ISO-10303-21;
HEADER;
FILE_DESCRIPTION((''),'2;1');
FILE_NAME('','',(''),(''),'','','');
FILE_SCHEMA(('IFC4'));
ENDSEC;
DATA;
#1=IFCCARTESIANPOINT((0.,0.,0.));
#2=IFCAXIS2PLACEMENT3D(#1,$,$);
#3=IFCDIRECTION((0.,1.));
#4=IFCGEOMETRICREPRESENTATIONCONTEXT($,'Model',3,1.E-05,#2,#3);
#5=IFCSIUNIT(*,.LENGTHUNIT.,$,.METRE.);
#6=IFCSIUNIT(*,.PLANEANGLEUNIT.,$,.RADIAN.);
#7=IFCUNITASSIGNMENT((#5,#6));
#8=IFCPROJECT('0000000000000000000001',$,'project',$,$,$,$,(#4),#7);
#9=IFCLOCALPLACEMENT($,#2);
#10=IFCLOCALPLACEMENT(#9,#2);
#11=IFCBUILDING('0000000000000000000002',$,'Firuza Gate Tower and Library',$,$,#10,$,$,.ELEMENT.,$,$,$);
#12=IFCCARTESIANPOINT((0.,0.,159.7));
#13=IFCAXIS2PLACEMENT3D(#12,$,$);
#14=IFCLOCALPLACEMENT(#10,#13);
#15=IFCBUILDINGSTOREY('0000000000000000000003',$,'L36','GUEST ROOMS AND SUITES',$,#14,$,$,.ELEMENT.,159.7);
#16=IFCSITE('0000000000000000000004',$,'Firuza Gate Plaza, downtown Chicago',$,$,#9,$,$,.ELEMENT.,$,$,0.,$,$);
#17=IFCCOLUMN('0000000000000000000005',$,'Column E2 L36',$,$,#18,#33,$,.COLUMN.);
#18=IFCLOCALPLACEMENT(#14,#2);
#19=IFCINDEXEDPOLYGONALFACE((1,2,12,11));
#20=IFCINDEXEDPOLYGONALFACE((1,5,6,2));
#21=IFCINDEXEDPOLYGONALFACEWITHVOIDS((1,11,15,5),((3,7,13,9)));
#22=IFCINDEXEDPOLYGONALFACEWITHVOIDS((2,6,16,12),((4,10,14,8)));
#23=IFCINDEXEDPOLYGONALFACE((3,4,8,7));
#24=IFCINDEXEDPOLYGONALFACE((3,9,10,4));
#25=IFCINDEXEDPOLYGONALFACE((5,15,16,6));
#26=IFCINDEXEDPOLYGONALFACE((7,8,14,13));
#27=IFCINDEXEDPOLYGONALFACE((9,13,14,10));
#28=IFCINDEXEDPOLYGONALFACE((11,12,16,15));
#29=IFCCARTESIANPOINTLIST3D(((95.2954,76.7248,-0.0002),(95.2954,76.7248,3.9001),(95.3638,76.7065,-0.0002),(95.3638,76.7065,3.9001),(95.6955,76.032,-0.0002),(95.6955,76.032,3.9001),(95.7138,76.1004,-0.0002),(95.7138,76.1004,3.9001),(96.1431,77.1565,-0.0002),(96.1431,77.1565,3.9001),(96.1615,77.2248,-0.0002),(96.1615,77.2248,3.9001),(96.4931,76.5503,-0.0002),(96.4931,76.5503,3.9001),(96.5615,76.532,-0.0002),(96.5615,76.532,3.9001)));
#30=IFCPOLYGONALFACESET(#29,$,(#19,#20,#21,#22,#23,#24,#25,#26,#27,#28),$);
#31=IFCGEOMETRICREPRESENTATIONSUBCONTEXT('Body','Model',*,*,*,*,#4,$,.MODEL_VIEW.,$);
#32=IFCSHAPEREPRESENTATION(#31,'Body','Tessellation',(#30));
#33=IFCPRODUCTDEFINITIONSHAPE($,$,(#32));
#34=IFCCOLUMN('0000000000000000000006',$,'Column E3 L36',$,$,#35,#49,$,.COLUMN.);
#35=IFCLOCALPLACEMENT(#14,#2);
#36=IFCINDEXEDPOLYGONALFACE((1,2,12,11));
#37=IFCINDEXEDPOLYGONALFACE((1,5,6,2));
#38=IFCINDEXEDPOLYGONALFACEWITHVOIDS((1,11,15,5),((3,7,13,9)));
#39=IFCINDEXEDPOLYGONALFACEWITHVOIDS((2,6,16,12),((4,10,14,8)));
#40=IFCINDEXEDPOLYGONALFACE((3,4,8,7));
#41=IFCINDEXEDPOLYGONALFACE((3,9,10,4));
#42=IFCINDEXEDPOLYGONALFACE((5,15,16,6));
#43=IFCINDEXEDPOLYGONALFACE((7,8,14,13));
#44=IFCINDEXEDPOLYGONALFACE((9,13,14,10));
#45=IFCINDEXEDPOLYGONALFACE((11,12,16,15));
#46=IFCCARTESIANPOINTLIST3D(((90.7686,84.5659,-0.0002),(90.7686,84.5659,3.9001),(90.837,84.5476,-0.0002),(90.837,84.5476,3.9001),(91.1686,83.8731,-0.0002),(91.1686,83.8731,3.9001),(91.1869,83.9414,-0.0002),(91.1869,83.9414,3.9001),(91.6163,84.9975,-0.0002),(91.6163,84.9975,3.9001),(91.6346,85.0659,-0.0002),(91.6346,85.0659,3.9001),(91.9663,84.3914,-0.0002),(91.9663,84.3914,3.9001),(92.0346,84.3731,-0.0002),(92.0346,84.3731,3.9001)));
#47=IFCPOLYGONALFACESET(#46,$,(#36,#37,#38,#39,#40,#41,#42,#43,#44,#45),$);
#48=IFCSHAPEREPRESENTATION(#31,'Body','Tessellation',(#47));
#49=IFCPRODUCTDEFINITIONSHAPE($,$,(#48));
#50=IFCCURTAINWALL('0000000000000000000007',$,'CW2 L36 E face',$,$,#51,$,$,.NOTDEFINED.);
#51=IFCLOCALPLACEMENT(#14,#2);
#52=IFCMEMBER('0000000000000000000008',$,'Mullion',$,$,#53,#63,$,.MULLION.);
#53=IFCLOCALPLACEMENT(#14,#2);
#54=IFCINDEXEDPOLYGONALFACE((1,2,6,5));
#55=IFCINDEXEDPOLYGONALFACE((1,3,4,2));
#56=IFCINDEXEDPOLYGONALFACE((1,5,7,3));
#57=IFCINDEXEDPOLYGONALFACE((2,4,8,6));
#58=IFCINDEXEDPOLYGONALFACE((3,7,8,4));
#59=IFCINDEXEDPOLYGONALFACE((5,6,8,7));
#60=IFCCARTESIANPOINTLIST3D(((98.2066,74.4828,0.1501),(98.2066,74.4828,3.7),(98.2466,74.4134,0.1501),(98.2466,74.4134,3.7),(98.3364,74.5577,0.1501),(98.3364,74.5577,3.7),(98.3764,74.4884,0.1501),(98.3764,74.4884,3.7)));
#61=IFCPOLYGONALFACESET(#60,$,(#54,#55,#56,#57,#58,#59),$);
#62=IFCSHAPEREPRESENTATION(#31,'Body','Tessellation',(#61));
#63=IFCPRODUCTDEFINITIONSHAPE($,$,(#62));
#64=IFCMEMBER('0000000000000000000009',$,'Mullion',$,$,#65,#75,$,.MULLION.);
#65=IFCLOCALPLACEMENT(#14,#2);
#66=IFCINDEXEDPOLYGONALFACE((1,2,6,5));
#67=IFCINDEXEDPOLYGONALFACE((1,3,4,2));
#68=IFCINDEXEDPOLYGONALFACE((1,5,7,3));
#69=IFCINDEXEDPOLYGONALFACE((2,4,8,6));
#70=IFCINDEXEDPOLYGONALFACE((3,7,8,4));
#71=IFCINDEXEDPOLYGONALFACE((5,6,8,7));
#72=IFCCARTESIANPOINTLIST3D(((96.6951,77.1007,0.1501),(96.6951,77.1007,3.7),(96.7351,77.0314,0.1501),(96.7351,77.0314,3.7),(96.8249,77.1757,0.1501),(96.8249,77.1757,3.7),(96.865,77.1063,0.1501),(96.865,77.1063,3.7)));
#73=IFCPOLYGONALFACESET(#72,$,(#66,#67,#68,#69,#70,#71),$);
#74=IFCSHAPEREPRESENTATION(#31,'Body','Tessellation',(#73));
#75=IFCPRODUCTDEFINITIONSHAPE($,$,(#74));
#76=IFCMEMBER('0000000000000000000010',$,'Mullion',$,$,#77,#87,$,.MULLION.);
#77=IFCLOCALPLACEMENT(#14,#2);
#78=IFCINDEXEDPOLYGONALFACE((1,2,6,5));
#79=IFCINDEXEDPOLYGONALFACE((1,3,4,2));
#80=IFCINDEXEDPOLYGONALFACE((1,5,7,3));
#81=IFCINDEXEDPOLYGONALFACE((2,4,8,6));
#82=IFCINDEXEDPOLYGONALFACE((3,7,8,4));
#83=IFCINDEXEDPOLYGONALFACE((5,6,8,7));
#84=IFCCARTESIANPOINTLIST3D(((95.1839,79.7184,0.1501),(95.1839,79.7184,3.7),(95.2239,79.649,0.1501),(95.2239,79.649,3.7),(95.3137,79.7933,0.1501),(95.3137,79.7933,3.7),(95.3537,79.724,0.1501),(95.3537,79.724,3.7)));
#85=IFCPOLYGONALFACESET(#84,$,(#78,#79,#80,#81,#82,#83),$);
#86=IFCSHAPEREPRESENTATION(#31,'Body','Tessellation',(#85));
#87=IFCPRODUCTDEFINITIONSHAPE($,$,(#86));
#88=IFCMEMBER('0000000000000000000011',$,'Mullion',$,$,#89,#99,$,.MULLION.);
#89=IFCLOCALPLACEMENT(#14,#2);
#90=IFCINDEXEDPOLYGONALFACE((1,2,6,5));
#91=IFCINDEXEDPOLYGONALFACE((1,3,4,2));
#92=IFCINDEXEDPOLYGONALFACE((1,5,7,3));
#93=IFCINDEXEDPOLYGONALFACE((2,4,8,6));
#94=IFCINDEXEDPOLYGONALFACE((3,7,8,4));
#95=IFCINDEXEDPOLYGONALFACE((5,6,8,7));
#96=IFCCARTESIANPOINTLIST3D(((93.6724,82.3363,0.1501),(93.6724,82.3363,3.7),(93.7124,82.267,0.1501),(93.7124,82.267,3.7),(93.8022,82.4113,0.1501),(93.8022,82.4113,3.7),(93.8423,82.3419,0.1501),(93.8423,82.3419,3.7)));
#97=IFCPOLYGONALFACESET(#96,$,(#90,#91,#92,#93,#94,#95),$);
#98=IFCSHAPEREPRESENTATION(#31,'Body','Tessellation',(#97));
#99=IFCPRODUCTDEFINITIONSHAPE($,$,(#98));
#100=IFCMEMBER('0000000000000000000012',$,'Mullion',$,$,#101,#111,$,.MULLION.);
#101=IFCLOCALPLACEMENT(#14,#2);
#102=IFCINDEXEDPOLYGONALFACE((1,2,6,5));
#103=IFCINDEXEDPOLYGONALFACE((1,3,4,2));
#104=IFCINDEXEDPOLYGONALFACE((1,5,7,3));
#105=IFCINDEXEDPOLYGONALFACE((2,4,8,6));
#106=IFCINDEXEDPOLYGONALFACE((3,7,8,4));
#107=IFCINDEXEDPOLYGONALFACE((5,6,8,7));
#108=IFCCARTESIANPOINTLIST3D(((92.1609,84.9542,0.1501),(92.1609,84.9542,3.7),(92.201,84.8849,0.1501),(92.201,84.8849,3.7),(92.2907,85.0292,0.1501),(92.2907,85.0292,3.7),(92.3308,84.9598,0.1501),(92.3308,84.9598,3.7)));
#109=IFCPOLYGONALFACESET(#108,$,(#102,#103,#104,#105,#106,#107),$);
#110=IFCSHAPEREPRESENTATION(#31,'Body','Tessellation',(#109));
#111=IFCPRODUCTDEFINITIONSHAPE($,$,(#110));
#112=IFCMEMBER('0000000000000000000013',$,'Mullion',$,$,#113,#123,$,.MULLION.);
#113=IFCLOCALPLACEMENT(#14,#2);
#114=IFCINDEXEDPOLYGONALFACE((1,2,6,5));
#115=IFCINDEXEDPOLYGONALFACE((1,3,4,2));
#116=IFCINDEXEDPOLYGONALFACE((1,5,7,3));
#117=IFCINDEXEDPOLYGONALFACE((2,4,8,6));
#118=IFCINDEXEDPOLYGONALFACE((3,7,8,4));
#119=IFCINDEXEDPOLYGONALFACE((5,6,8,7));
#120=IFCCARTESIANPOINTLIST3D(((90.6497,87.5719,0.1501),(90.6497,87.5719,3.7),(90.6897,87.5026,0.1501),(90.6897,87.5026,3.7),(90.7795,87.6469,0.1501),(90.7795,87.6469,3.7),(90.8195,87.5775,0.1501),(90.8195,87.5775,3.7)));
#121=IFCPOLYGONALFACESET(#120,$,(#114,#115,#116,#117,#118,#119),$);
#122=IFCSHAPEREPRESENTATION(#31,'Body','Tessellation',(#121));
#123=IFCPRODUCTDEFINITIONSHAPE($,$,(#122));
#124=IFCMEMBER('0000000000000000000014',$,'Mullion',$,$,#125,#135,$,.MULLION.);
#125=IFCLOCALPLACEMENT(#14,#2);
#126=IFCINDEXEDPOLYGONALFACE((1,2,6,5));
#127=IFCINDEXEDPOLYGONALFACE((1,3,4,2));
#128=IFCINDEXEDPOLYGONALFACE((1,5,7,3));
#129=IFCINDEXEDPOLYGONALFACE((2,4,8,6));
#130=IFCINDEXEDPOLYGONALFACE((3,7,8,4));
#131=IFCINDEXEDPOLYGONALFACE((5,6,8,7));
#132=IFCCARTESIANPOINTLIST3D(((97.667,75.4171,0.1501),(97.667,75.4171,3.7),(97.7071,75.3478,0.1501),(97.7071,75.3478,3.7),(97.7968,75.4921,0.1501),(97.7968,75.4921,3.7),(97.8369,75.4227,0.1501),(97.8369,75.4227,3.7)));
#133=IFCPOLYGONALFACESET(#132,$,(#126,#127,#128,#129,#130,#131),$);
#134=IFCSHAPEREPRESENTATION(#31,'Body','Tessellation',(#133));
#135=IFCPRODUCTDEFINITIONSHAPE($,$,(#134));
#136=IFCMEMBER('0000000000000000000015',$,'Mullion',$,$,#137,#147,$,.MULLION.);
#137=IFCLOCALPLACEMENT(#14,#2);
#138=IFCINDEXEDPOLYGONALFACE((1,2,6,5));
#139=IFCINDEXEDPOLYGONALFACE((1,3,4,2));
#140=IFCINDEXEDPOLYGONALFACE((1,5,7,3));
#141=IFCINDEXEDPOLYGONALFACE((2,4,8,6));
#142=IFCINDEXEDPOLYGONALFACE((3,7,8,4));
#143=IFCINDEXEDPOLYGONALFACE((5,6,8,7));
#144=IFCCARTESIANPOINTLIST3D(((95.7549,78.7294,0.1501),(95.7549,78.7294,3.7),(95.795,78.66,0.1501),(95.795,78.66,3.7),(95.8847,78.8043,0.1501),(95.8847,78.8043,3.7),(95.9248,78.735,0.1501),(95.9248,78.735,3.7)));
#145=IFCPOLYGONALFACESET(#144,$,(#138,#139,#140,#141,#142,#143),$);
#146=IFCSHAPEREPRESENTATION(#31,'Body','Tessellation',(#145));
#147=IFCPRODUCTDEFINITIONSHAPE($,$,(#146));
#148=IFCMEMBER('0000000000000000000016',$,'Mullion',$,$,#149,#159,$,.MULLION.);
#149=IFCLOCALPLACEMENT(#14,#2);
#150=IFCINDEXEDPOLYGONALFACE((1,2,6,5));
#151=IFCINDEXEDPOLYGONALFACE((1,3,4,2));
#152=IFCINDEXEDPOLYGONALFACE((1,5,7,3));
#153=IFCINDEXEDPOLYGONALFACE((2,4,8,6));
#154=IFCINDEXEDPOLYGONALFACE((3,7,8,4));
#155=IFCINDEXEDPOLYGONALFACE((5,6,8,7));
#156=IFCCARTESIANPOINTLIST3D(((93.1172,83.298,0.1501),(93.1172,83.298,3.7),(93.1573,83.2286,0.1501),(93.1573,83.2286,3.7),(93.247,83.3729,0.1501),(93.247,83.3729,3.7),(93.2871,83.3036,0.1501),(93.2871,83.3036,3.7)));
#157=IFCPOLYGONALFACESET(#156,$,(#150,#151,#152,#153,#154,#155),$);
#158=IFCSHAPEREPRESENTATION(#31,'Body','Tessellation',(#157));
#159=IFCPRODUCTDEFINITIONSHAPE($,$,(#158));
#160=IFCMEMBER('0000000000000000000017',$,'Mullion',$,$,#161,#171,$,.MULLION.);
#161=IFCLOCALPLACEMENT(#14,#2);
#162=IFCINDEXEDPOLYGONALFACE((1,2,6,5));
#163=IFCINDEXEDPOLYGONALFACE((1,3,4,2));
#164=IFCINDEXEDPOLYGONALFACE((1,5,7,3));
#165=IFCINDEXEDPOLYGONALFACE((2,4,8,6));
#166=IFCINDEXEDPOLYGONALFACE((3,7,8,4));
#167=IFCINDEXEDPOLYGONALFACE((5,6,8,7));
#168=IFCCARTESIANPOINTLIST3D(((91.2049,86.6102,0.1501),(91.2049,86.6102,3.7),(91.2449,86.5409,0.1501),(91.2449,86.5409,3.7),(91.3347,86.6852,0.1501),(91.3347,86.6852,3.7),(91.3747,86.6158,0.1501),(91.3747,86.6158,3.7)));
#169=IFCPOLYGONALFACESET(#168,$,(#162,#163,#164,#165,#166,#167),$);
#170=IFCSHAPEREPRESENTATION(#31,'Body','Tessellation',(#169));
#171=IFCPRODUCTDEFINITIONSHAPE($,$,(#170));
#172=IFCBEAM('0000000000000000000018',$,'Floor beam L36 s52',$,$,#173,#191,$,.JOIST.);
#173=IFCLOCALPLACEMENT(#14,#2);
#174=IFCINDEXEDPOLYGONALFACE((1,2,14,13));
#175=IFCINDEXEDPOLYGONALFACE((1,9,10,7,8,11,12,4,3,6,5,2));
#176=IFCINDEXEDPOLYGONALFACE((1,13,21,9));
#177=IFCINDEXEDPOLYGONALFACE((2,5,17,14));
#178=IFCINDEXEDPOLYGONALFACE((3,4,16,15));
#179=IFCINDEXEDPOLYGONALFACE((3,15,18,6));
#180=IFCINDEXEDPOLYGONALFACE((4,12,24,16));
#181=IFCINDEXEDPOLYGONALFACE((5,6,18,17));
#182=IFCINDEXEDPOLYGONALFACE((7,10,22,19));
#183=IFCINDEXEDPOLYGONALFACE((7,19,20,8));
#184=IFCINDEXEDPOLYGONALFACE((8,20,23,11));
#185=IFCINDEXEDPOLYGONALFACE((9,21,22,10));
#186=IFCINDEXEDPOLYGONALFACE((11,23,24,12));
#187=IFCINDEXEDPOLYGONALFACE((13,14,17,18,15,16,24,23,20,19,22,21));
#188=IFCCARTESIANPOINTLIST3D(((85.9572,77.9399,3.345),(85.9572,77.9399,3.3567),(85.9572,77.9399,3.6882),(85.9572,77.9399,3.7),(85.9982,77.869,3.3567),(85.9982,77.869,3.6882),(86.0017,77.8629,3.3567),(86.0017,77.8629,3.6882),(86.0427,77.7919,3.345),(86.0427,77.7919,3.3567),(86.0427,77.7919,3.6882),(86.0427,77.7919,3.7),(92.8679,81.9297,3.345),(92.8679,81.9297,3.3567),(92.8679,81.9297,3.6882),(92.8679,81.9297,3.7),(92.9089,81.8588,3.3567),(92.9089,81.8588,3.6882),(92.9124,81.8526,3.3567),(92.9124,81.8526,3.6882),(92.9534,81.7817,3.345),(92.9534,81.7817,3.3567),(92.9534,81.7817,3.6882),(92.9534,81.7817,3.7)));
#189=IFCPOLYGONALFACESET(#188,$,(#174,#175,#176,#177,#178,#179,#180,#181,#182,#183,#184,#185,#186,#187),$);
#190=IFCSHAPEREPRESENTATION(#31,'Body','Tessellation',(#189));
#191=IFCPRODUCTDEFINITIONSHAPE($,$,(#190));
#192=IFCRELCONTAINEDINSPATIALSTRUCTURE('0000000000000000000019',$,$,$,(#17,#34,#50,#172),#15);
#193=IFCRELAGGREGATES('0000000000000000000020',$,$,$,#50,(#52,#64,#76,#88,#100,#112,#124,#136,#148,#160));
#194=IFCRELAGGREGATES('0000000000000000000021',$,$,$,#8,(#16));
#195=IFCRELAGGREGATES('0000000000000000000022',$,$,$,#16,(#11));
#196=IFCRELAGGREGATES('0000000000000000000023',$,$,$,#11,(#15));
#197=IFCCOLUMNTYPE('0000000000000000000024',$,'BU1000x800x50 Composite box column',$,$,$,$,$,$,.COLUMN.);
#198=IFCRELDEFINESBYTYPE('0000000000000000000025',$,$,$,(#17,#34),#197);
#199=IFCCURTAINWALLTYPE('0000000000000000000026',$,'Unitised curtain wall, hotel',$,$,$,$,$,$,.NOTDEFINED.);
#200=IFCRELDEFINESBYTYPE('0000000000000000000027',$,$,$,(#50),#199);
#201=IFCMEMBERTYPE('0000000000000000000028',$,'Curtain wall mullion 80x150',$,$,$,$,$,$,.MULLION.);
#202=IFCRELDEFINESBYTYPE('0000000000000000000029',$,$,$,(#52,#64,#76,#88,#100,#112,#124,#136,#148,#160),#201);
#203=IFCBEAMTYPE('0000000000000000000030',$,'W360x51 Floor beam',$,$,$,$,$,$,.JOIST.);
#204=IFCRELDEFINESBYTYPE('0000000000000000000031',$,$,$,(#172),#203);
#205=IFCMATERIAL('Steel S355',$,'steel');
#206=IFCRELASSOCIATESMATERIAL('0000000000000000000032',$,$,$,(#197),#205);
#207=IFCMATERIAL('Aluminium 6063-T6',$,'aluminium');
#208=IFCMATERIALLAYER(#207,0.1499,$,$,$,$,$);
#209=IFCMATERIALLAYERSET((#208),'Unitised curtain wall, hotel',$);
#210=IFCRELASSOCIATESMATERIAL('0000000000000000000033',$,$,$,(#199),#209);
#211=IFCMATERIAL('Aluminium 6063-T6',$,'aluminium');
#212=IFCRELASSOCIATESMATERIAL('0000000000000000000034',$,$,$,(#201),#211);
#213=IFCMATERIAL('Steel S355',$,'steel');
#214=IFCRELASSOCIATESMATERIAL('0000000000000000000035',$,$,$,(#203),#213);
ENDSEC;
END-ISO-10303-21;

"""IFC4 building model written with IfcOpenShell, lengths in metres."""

from ifc_helpers import new_model, si_unit, direction, frame, origin, origin_2d, place, context, subcontext, project, spatial, rectangle, hollow_rectangle, i_section, extrude, material, layer, layer_set, material_profile, profile_set, type_object, element, aggregate, save


model = new_model("IFC4")

# Units and contexts
model_context = context("Model", 3, precision=1e-05, world=origin(), true_north=direction((0.0, 1.0)))
body_context = subcontext(model_context, "Body", "Model", "MODEL_VIEW")
ifc_project = project(units=[si_unit("LENGTHUNIT", "METRE"), si_unit("PLANEANGLEUNIT", "RADIAN")], contexts=[model_context])

# Site, building, storey
site_placement = place(None, origin())
site = spatial("IfcSite", under=ifc_project, at=site_placement, Name="Firuza Gate Plaza, downtown Chicago", CompositionType="ELEMENT", RefElevation=0.0)
building_placement = place(site_placement, origin())
building = spatial("IfcBuilding", under=site, at=building_placement, Name="Firuza Gate Tower and Library", CompositionType="ELEMENT")
storey_placement = place(building_placement, frame((0.0, 0.0, 159.7)))
storey = spatial("IfcBuildingStorey", under=building, at=storey_placement, Name="L36", Description="GUEST ROOMS AND SUITES", CompositionType="ELEMENT", Elevation=159.7)

# Columns
ifc_material_1 = material(Name="Steel S355", Category="steel")
ifc_material_profile_1 = material_profile(ifc_material_1, hollow_rectangle(XDim=0.8, YDim=1.0, WallThickness=0.05, at=origin_2d()))
ifc_profile_set_1 = profile_set([ifc_material_profile_1], Name="Steel S355")
column_type = type_object("IfcColumnType", Name="BU1000x800x50 Composite box column", PredefinedType="COLUMN", material=ifc_profile_set_1)
for number, where, z_axis, x_axis, name in (
    (1, (95.9285, 76.6284, -0.0002), (0.0, 0.0, 1.0), (-0.5, 0.866025, 0.0), "Column E2 L36"),
    (2, (91.4016, 84.4695, -0.0002), (0.0, 0.0, 1.0), (-0.5, 0.866025, 0.0), "Column E3 L36"),
):
    element("IfcColumn", number, at=place(storey_placement, frame(where, z_axis=z_axis, x_axis=x_axis)), inside=storey, type_object=column_type, Name=name, PredefinedType="COLUMN", context=body_context, shape_type="SweptSolid", body=[
        extrude(hollow_rectangle(XDim=0.8, YDim=1.0, WallThickness=0.05, at=origin_2d()), origin(), (0.0, 0.0, 1.0), 3.9004),
    ])

# Curtain wall, members
ifc_material_2 = material(Name="Aluminium 6063-T6", Category="aluminium")
ifc_layer_1 = layer(ifc_material_2, 0.1499)
ifc_layer_set_1 = layer_set([ifc_layer_1], Name="Unitised curtain wall, hotel")
curtain_wall_type = type_object("IfcCurtainWallType", Name="Unitised curtain wall, hotel", PredefinedType="NOTDEFINED", material=ifc_layer_set_1)
curtain_wall_placement = place(storey_placement, origin())
curtain_wall = element("IfcCurtainWall", 3, at=curtain_wall_placement, inside=storey, type_object=curtain_wall_type, Name="CW2 L36 E face", PredefinedType="NOTDEFINED")
ifc_material_3 = material(Name="Aluminium 6063-T6", Category="aluminium")
ifc_material_profile_2 = material_profile(ifc_material_3, rectangle(XDim=0.1499, YDim=0.0801, at=origin_2d()))
ifc_profile_set_2 = profile_set([ifc_material_profile_2], Name="Aluminium 6063-T6")
member_type = type_object("IfcMemberType", Name="Curtain wall mullion 80x150", PredefinedType="MULLION", material=ifc_profile_set_2)
member_1_placement = place(storey_placement, frame((98.2915, 74.4856, 0.1501), z_axis=(0.0, 0.0, 1.0), x_axis=(-0.866025, -0.5, 0.0)))
member_1 = element("IfcMember", 4, at=member_1_placement, type_object=member_type, Name="Mullion", PredefinedType="MULLION", context=body_context, shape_type="SweptSolid", body=[
    extrude(rectangle(XDim=0.1499, YDim=0.0801, at=origin_2d()), origin(), (0.0, 0.0, 1.0), 3.5498),
])
member_2_placement = place(storey_placement, frame((96.78, 77.1035, 0.1501), z_axis=(0.0, 0.0, 1.0), x_axis=(-0.866025, -0.5, 0.0)))
member_2 = element("IfcMember", 5, at=member_2_placement, type_object=member_type, Name="Mullion", PredefinedType="MULLION", context=body_context, shape_type="SweptSolid", body=[
    extrude(rectangle(XDim=0.1499, YDim=0.0801, at=origin_2d()), origin(), (0.0, 0.0, 1.0), 3.5498),
])
member_3_placement = place(storey_placement, frame((95.2688, 79.7212, 0.1501), z_axis=(0.0, 0.0, 1.0), x_axis=(-0.866025, -0.5, 0.0)))
member_3 = element("IfcMember", 6, at=member_3_placement, type_object=member_type, Name="Mullion", PredefinedType="MULLION", context=body_context, shape_type="SweptSolid", body=[
    extrude(rectangle(XDim=0.1499, YDim=0.0801, at=origin_2d()), origin(), (0.0, 0.0, 1.0), 3.5498),
])
member_4_placement = place(storey_placement, frame((93.7573, 82.3391, 0.1501), z_axis=(0.0, 0.0, 1.0), x_axis=(-0.866025, -0.5, 0.0)))
member_4 = element("IfcMember", 7, at=member_4_placement, type_object=member_type, Name="Mullion", PredefinedType="MULLION", context=body_context, shape_type="SweptSolid", body=[
    extrude(rectangle(XDim=0.1499, YDim=0.0801, at=origin_2d()), origin(), (0.0, 0.0, 1.0), 3.5498),
])
member_5_placement = place(storey_placement, frame((92.2458, 84.957, 0.1501), z_axis=(0.0, 0.0, 1.0), x_axis=(-0.866025, -0.5, 0.0)))
member_5 = element("IfcMember", 8, at=member_5_placement, type_object=member_type, Name="Mullion", PredefinedType="MULLION", context=body_context, shape_type="SweptSolid", body=[
    extrude(rectangle(XDim=0.1499, YDim=0.0801, at=origin_2d()), origin(), (0.0, 0.0, 1.0), 3.5498),
])
member_6_placement = place(storey_placement, frame((90.7346, 87.5747, 0.1501), z_axis=(0.0, 0.0, 1.0), x_axis=(-0.866025, -0.5, 0.0)))
member_6 = element("IfcMember", 9, at=member_6_placement, type_object=member_type, Name="Mullion", PredefinedType="MULLION", context=body_context, shape_type="SweptSolid", body=[
    extrude(rectangle(XDim=0.1499, YDim=0.0801, at=origin_2d()), origin(), (0.0, 0.0, 1.0), 3.5498),
])
member_7_placement = place(storey_placement, frame((97.752, 75.4199, 0.1501), z_axis=(0.0, 0.0, 1.0), x_axis=(-0.866025, -0.5, 0.0)))
member_7 = element("IfcMember", 10, at=member_7_placement, type_object=member_type, Name="Mullion", PredefinedType="MULLION", context=body_context, shape_type="SweptSolid", body=[
    extrude(rectangle(XDim=0.1499, YDim=0.0801, at=origin_2d()), origin(), (0.0, 0.0, 1.0), 3.5498),
])
member_8_placement = place(storey_placement, frame((95.8398, 78.7322, 0.1501), z_axis=(0.0, 0.0, 1.0), x_axis=(-0.866025, -0.5, 0.0)))
member_8 = element("IfcMember", 11, at=member_8_placement, type_object=member_type, Name="Mullion", PredefinedType="MULLION", context=body_context, shape_type="SweptSolid", body=[
    extrude(rectangle(XDim=0.1499, YDim=0.0801, at=origin_2d()), origin(), (0.0, 0.0, 1.0), 3.5498),
])
member_9_placement = place(storey_placement, frame((93.2021, 83.3008, 0.1501), z_axis=(0.0, 0.0, 1.0), x_axis=(-0.866025, -0.5, 0.0)))
member_9 = element("IfcMember", 12, at=member_9_placement, type_object=member_type, Name="Mullion", PredefinedType="MULLION", context=body_context, shape_type="SweptSolid", body=[
    extrude(rectangle(XDim=0.1499, YDim=0.0801, at=origin_2d()), origin(), (0.0, 0.0, 1.0), 3.5498),
])
member_10_placement = place(storey_placement, frame((91.2898, 86.613, 0.1501), z_axis=(0.0, 0.0, 1.0), x_axis=(-0.866025, -0.5, 0.0)))
member_10 = element("IfcMember", 13, at=member_10_placement, type_object=member_type, Name="Mullion", PredefinedType="MULLION", context=body_context, shape_type="SweptSolid", body=[
    extrude(rectangle(XDim=0.1499, YDim=0.0801, at=origin_2d()), origin(), (0.0, 0.0, 1.0), 3.5498),
])

# Beam
ifc_material_4 = material(Name="Steel S355", Category="steel")
ifc_material_profile_3 = material_profile(ifc_material_4, i_section(OverallWidth=0.1709, OverallDepth=0.355, WebThickness=0.0071, FlangeThickness=0.0117, at=origin_2d()))
ifc_profile_set_3 = profile_set([ifc_material_profile_3], Name="Steel S355")
beam_type_1 = type_object("IfcBeamType", Name="W360x51 Floor beam", PredefinedType="JOIST", material=ifc_profile_set_3)
beam_1_placement = place(storey_placement, frame((92.9106, 81.8557, 3.5225), z_axis=(-0.866032, -0.499989, 0.0), x_axis=(0.499989, -0.866032, 0.0)))
element("IfcBeam", 14, at=beam_1_placement, inside=storey, type_object=beam_type_1, Name="Floor beam L36 s52", PredefinedType="JOIST", context=body_context, shape_type="SweptSolid", body=[
    extrude(i_section(OverallWidth=0.1709, OverallDepth=0.355, WebThickness=0.0071, FlangeThickness=0.0117, at=origin_2d()), origin(), (0.0, 0.0, 1.0), 7.9797),
])

aggregate(curtain_wall, [member_1, member_2, member_3, member_4, member_5, member_6, member_7, member_8, member_9, member_10])

save(model, "model.ifc")
